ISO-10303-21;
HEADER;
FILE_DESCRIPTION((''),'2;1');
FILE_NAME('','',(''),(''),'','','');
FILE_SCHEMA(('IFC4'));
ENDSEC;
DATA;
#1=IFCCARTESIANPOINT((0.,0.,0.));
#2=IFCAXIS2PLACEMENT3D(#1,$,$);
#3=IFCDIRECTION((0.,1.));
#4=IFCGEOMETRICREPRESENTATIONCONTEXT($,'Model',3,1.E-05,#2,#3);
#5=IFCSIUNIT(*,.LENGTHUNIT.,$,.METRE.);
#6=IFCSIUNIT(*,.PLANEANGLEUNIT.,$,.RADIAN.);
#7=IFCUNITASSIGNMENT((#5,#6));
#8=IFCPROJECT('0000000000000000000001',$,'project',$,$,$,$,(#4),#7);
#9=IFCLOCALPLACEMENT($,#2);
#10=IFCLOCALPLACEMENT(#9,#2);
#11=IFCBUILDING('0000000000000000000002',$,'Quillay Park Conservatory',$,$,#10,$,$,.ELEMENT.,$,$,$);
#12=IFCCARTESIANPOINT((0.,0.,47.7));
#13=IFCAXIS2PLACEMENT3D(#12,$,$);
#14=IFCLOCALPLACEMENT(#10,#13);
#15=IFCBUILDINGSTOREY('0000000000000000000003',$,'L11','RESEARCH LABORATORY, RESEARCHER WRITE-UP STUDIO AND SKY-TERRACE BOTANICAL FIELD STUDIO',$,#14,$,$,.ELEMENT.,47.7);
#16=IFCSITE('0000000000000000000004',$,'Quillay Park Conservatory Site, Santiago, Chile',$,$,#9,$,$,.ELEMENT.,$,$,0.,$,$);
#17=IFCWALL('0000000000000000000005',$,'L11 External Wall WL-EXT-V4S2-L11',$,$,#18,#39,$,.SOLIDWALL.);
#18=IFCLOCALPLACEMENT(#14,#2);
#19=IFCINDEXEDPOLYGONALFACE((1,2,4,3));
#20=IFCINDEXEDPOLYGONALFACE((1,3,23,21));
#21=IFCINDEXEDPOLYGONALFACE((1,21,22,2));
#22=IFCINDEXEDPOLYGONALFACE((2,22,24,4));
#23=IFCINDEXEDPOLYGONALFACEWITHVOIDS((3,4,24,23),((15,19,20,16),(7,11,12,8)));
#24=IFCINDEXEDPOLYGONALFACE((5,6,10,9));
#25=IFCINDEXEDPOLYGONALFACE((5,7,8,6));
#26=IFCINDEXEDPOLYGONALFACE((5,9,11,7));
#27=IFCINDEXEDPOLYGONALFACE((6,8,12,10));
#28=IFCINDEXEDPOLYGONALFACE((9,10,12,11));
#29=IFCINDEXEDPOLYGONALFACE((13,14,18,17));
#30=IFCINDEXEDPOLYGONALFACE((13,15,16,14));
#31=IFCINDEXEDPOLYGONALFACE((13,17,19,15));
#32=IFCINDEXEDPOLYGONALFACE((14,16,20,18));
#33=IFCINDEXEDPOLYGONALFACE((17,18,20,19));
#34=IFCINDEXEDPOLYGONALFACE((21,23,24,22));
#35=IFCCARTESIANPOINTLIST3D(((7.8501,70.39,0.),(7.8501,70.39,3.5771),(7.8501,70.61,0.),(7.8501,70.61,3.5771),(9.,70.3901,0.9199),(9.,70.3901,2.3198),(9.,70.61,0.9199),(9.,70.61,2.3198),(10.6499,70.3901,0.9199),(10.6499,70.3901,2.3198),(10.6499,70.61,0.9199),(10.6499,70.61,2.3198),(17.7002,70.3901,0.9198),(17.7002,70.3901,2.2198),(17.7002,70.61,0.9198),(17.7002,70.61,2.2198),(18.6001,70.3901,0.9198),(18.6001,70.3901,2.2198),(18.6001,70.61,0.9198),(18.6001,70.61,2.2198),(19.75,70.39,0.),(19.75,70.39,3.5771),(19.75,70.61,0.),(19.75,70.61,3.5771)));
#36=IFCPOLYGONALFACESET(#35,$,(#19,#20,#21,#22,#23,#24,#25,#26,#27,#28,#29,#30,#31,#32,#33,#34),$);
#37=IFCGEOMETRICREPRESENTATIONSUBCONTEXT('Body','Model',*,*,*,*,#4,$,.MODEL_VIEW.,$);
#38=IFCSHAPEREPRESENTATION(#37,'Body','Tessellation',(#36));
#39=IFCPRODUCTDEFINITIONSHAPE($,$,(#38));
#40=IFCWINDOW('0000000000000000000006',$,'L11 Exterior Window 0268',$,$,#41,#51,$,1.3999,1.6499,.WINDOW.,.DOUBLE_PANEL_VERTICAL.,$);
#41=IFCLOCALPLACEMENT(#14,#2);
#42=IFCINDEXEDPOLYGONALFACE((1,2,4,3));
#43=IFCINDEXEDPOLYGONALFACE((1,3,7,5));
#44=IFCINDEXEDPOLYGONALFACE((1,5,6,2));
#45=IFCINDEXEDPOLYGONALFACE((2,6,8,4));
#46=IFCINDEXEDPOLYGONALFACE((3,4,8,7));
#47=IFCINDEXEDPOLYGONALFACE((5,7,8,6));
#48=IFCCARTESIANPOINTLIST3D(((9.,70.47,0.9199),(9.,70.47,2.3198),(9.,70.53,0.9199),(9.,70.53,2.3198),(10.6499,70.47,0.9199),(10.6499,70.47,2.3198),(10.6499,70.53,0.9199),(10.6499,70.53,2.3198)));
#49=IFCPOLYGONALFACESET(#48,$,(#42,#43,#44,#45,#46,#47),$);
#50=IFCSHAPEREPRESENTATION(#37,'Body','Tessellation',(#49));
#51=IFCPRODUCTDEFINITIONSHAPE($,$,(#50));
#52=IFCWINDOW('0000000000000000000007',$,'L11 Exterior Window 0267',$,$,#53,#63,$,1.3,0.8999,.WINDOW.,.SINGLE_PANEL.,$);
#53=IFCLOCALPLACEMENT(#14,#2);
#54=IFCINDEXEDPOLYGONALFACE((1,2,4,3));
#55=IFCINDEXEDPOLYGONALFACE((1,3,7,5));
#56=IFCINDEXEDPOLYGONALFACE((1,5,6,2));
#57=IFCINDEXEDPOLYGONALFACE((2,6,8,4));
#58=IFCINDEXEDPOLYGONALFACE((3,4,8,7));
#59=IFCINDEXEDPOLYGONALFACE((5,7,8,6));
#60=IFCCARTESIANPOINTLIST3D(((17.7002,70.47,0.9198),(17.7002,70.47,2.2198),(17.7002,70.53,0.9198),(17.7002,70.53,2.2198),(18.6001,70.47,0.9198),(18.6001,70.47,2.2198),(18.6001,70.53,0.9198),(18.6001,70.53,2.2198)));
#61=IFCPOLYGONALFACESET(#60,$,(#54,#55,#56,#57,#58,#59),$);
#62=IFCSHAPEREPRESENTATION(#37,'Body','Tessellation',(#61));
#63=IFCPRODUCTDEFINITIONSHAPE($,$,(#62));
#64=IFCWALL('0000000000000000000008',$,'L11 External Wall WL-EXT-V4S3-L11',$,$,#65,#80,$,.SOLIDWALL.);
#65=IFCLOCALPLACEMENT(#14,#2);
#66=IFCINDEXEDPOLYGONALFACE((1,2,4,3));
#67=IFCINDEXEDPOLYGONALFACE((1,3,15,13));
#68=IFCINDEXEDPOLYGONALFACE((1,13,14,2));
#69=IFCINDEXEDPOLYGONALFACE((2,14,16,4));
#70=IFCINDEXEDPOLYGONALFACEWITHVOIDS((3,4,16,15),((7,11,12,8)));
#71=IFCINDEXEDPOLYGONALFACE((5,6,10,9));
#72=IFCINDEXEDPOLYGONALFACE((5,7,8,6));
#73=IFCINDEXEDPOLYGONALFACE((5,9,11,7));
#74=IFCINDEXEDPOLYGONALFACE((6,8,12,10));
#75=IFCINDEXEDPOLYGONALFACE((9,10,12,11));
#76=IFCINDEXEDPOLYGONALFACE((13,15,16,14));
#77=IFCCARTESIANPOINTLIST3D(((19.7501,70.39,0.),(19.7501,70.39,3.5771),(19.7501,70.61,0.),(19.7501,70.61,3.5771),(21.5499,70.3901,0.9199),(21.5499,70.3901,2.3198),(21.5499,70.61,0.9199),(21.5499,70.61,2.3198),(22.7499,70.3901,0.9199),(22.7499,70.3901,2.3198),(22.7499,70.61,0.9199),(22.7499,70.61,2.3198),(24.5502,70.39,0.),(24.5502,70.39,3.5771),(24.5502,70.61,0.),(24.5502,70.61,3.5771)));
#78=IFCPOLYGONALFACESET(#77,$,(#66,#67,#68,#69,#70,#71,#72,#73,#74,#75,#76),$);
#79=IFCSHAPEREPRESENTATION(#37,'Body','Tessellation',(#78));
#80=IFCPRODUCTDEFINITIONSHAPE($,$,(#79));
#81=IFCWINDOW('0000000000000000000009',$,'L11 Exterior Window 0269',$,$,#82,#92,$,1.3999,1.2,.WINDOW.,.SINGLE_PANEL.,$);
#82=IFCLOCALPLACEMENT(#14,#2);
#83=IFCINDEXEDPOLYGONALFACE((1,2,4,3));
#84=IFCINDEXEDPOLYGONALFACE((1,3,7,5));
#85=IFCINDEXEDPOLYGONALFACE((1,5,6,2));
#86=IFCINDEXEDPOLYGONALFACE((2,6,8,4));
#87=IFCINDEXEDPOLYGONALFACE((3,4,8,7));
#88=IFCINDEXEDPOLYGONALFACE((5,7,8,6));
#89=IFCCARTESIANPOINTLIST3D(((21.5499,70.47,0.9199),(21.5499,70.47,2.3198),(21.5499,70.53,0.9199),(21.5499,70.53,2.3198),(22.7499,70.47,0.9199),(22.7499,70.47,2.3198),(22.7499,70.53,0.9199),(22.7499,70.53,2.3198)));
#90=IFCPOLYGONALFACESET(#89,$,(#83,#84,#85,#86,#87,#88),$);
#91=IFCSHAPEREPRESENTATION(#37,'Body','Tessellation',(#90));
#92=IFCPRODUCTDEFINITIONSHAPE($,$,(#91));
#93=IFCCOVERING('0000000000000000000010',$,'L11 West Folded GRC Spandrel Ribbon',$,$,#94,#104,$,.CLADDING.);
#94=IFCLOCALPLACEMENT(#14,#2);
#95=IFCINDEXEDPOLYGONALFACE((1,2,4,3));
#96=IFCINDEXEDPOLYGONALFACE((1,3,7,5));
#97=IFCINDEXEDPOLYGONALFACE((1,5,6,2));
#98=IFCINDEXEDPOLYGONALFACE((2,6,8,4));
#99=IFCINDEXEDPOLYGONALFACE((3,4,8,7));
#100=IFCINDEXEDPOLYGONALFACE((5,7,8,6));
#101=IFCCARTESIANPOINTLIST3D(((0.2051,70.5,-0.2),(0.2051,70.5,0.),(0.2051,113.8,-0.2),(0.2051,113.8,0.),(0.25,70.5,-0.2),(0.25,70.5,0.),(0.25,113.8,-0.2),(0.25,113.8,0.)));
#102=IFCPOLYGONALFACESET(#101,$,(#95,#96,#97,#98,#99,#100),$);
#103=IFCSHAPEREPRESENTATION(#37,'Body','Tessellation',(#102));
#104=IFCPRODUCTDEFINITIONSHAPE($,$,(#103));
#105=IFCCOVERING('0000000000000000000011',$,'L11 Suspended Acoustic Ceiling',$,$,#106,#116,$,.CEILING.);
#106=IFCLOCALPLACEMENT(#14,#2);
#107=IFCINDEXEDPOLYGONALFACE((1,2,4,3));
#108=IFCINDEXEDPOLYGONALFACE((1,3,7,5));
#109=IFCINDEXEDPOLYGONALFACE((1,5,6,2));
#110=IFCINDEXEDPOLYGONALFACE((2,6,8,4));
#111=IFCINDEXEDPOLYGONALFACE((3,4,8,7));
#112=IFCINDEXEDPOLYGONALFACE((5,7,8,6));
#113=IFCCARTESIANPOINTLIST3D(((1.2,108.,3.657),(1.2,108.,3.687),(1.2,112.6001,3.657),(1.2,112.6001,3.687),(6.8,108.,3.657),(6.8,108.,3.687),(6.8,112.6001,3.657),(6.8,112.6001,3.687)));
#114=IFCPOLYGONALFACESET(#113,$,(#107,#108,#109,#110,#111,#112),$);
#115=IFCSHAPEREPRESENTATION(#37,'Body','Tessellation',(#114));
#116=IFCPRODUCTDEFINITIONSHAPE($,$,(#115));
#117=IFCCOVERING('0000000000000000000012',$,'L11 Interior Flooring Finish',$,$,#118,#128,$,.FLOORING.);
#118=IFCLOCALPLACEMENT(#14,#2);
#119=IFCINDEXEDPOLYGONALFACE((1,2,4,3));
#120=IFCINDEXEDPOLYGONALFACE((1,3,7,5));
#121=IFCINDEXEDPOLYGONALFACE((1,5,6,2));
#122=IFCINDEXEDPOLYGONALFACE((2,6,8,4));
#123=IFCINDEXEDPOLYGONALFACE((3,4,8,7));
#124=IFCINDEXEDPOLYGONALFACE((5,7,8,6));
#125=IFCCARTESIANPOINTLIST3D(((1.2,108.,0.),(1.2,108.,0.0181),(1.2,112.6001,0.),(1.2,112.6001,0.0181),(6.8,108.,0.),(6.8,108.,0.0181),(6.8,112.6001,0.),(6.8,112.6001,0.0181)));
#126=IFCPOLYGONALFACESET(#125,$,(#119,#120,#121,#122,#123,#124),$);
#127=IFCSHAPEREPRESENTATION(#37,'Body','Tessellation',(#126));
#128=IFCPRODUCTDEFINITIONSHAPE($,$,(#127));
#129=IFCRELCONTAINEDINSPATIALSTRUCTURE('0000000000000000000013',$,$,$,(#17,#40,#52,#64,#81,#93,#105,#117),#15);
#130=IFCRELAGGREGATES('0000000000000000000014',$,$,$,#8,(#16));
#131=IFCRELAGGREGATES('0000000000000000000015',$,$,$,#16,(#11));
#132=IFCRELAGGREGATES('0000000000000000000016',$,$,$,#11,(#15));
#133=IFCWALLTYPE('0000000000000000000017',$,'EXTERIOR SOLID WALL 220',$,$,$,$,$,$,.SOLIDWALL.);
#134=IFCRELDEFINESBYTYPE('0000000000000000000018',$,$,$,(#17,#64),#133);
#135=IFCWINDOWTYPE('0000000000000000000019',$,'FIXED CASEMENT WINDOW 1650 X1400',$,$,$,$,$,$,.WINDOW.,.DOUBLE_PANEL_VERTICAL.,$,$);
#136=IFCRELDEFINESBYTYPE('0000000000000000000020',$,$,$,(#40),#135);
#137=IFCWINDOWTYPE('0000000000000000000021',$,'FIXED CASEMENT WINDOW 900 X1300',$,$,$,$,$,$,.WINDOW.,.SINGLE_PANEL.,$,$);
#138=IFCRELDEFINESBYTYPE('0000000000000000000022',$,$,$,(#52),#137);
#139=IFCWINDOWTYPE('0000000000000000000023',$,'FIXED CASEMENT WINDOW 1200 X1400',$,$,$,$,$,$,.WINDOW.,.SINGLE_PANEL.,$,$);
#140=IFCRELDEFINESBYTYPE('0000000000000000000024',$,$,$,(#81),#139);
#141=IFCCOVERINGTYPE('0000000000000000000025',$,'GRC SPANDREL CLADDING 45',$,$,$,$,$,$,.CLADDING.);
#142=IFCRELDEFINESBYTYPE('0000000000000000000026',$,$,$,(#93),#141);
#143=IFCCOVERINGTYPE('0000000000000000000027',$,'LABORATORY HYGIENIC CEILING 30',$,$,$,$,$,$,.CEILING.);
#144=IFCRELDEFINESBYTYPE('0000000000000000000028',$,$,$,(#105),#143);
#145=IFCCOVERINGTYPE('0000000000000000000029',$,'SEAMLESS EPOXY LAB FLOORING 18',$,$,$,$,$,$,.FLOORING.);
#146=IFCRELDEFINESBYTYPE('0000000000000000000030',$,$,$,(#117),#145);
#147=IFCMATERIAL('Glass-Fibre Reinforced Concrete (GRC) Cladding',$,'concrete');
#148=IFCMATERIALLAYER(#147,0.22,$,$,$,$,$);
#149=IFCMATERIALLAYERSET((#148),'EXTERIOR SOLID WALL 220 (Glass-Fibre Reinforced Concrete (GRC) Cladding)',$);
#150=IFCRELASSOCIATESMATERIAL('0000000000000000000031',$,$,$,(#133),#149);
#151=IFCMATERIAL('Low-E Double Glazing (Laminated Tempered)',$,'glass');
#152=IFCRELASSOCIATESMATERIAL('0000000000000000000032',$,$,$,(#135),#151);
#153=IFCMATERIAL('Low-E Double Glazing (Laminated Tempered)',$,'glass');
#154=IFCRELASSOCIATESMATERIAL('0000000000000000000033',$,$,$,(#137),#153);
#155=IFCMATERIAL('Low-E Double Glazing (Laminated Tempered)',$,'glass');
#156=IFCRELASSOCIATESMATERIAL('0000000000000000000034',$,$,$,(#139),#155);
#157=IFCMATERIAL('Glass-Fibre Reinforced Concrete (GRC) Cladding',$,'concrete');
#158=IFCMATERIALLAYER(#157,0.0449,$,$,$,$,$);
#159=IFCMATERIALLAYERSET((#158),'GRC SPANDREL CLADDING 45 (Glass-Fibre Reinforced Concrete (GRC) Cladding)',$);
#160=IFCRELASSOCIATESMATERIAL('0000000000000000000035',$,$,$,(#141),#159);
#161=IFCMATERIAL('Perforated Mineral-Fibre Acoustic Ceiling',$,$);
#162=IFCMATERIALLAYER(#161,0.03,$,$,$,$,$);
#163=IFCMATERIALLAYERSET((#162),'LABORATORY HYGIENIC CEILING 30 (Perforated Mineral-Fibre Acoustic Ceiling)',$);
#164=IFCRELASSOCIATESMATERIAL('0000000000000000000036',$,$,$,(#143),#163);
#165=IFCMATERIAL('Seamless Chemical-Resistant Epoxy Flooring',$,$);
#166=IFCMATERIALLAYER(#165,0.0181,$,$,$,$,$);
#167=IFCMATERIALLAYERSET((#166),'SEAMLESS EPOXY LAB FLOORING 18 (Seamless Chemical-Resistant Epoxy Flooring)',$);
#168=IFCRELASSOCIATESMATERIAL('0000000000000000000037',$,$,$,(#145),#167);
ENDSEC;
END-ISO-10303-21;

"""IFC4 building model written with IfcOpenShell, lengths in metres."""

from ifc_helpers import new_model, si_unit, direction, frame, frame_2d, origin, place, context, subcontext, project, spatial, polyline, rectangle, outline, extrude, material, layer, layer_set, type_object, element, fill, save


model = new_model("IFC4")

# Units and contexts
model_context = context("Model", 3, precision=1e-05, world=origin(), true_north=direction((0.0, 1.0)))
body_context = subcontext(model_context, "Body", "Model", "MODEL_VIEW")
ifc_project = project(units=[si_unit("LENGTHUNIT", "METRE"), si_unit("PLANEANGLEUNIT", "RADIAN")], contexts=[model_context])

# Site, building, storey
site_placement = place(None, origin())
site = spatial("IfcSite", under=ifc_project, at=site_placement, Name="Quillay Park Conservatory Site, Santiago, Chile", CompositionType="ELEMENT", RefElevation=0.0)
building_placement = place(site_placement, origin())
building = spatial("IfcBuilding", under=site, at=building_placement, Name="Quillay Park Conservatory", CompositionType="ELEMENT")
storey_placement = place(building_placement, frame((0.0, 0.0, 47.7)))
storey = spatial("IfcBuildingStorey", under=building, at=storey_placement, Name="L11", Description="RESEARCH LABORATORY, RESEARCHER WRITE-UP STUDIO AND SKY-TERRACE BOTANICAL FIELD STUDIO", CompositionType="ELEMENT", Elevation=47.7)

# Wall, openings, windows
ifc_material_1 = material(Name="Glass-Fibre Reinforced Concrete (GRC) Cladding", Category="concrete")
ifc_layer_1 = layer(ifc_material_1, 0.22)
ifc_layer_set_1 = layer_set([ifc_layer_1], Name="EXTERIOR SOLID WALL 220 (Glass-Fibre Reinforced Concrete (GRC) Cladding)")
wall_type_1 = type_object("IfcWallType", Name="EXTERIOR SOLID WALL 220", PredefinedType="SOLIDWALL", material=ifc_layer_set_1)
wall_1_placement = place(storey_placement, frame((19.75, 70.5, 0.0), z_axis=(0.0, 0.0, 1.0), x_axis=(-1.0, 0.0, 0.0)))
wall_1 = element("IfcWall", 1, at=wall_1_placement, inside=storey, type_object=wall_type_1, Name="L11 External Wall WL-EXT-V4S2-L11", PredefinedType="SOLIDWALL", context=body_context, shape_type="SweptSolid", body=[
    extrude(rectangle(XDim=11.8999, YDim=0.22, at=frame_2d((5.95, 0.0))), origin(), (0.0, 0.0, 1.0), 3.5771),
])
opening_1_placement = place(wall_1_placement, frame((1.1499, 0.0, 0.9199)))
opening_1 = element("IfcOpeningElement", 2, at=opening_1_placement, cuts=wall_1, PredefinedType="OPENING", context=body_context, shape_type="SweptSolid", body=[
    extrude(rectangle(XDim=0.8999, YDim=1.3, at=frame_2d((0.45, 0.6499))), frame((0.0, 0.1099, 0.0), z_axis=(0.0, -1.0, 0.0), x_axis=(1.0, 0.0, 0.0)), (0.0, 0.0, 1.0), 0.22),
])
opening_2_placement = place(wall_1_placement, frame((9.1001, 0.0, 0.9199)))
opening_2 = element("IfcOpeningElement", 3, at=opening_2_placement, cuts=wall_1, PredefinedType="OPENING", context=body_context, shape_type="SweptSolid", body=[
    extrude(rectangle(XDim=1.6499, YDim=1.3999, at=frame_2d((0.825, 0.7))), frame((0.0, 0.1099, 0.0), z_axis=(0.0, -1.0, 0.0), x_axis=(1.0, 0.0, 0.0)), (0.0, 0.0, 1.0), 0.22),
])
ifc_material_2 = material(Name="Low-E Double Glazing (Laminated Tempered)", Category="glass")
window_type_1 = type_object("IfcWindowType", Name="FIXED CASEMENT WINDOW 1650 X1400", PartitioningType="DOUBLE_PANEL_VERTICAL", PredefinedType="WINDOW", material=ifc_material_2)
window_1_placement = place(opening_2_placement, origin())
window_1 = element("IfcWindow", 4, at=window_1_placement, inside=storey, type_object=window_type_1, Name="L11 Exterior Window 0268", OverallHeight=1.3999, OverallWidth=1.6499, PartitioningType="DOUBLE_PANEL_VERTICAL", PredefinedType="WINDOW", context=body_context, shape_type="SweptSolid", body=[
    extrude(rectangle(XDim=1.6499, YDim=1.3999, at=frame_2d((0.825, 0.7))), frame((0.0, 0.03, 0.0), z_axis=(0.0, -1.0, 0.0), x_axis=(1.0, 0.0, 0.0)), (0.0, 0.0, 1.0), 0.0601),
])
fill(opening_2, window_1)
ifc_material_3 = material(Name="Low-E Double Glazing (Laminated Tempered)", Category="glass")
window_type_2 = type_object("IfcWindowType", Name="FIXED CASEMENT WINDOW 900 X1300", PartitioningType="SINGLE_PANEL", PredefinedType="WINDOW", material=ifc_material_3)
window_2_placement = place(opening_1_placement, origin())
window_2 = element("IfcWindow", 5, at=window_2_placement, inside=storey, type_object=window_type_2, Name="L11 Exterior Window 0267", OverallHeight=1.3, OverallWidth=0.8999, PartitioningType="SINGLE_PANEL", PredefinedType="WINDOW", context=body_context, shape_type="SweptSolid", body=[
    extrude(rectangle(XDim=0.8999, YDim=1.3, at=frame_2d((0.45, 0.6499))), frame((0.0, 0.03, 0.0), z_axis=(0.0, -1.0, 0.0), x_axis=(1.0, 0.0, 0.0)), (0.0, 0.0, 1.0), 0.0601),
])
fill(opening_1, window_2)

# Wall, opening, window
wall_2_placement = place(storey_placement, frame((24.55, 70.5, 0.0), z_axis=(0.0, 0.0, 1.0), x_axis=(-1.0, 0.0, 0.0)))
wall_2 = element("IfcWall", 6, at=wall_2_placement, inside=storey, type_object=wall_type_1, Name="L11 External Wall WL-EXT-V4S3-L11", PredefinedType="SOLIDWALL", context=body_context, shape_type="SweptSolid", body=[
    extrude(rectangle(XDim=4.8, YDim=0.22, at=frame_2d((2.3999, 0.0))), origin(), (0.0, 0.0, 1.0), 3.5771),
])
opening_3_placement = place(wall_2_placement, frame((1.8, 0.0, 0.9199)))
opening_3 = element("IfcOpeningElement", 7, at=opening_3_placement, cuts=wall_2, PredefinedType="OPENING", context=body_context, shape_type="SweptSolid", body=[
    extrude(rectangle(XDim=1.2, YDim=1.3999, at=frame_2d((0.6001, 0.7))), frame((0.0, 0.1099, 0.0), z_axis=(0.0, -1.0, 0.0), x_axis=(1.0, 0.0, 0.0)), (0.0, 0.0, 1.0), 0.22),
])
ifc_material_4 = material(Name="Low-E Double Glazing (Laminated Tempered)", Category="glass")
window_type_3 = type_object("IfcWindowType", Name="FIXED CASEMENT WINDOW 1200 X1400", PartitioningType="SINGLE_PANEL", PredefinedType="WINDOW", material=ifc_material_4)
window_3_placement = place(opening_3_placement, origin())
window_3 = element("IfcWindow", 8, at=window_3_placement, inside=storey, type_object=window_type_3, Name="L11 Exterior Window 0269", OverallHeight=1.3999, OverallWidth=1.2, PartitioningType="SINGLE_PANEL", PredefinedType="WINDOW", context=body_context, shape_type="SweptSolid", body=[
    extrude(rectangle(XDim=1.2, YDim=1.3999, at=frame_2d((0.6001, 0.7))), frame((0.0, 0.03, 0.0), z_axis=(0.0, -1.0, 0.0), x_axis=(1.0, 0.0, 0.0)), (0.0, 0.0, 1.0), 0.0601),
])
fill(opening_3, window_3)

# Coverings
ifc_material_5 = material(Name="Glass-Fibre Reinforced Concrete (GRC) Cladding", Category="concrete")
ifc_layer_2 = layer(ifc_material_5, 0.0449)
ifc_layer_set_2 = layer_set([ifc_layer_2], Name="GRC SPANDREL CLADDING 45 (Glass-Fibre Reinforced Concrete (GRC) Cladding)")
covering_type_1 = type_object("IfcCoveringType", Name="GRC SPANDREL CLADDING 45", PredefinedType="CLADDING", material=ifc_layer_set_2)
covering_1_placement = place(storey_placement, frame((0.0, 0.0, -0.2)))
element("IfcCovering", 9, at=covering_1_placement, inside=storey, type_object=covering_type_1, Name="L11 West Folded GRC Spandrel Ribbon", PredefinedType="CLADDING", context=body_context, shape_type="SweptSolid", body=[
    extrude(outline(polyline([(0.2051, 70.5), (0.25, 70.5), (0.25, 113.8), (0.2051, 113.8), (0.2051, 70.5)])), origin(), (0.0, 0.0, 1.0), 0.2),
])
ifc_material_6 = material(Name="Perforated Mineral-Fibre Acoustic Ceiling")
ifc_layer_3 = layer(ifc_material_6, 0.03)
ifc_layer_set_3 = layer_set([ifc_layer_3], Name="LABORATORY HYGIENIC CEILING 30 (Perforated Mineral-Fibre Acoustic Ceiling)")
covering_type_2 = type_object("IfcCoveringType", Name="LABORATORY HYGIENIC CEILING 30", PredefinedType="CEILING", material=ifc_layer_set_3)
covering_2_placement = place(storey_placement, frame((0.0, 0.0, 3.657)))
element("IfcCovering", 10, at=covering_2_placement, inside=storey, type_object=covering_type_2, Name="L11 Suspended Acoustic Ceiling", PredefinedType="CEILING", context=body_context, shape_type="SweptSolid", body=[
    extrude(outline(polyline([(1.2, 108.0), (6.8, 108.0), (6.8, 112.6001), (1.2, 112.6001), (1.2, 108.0)])), origin(), (0.0, 0.0, 1.0), 0.03),
])
ifc_material_7 = material(Name="Seamless Chemical-Resistant Epoxy Flooring")
ifc_layer_4 = layer(ifc_material_7, 0.0181)
ifc_layer_set_4 = layer_set([ifc_layer_4], Name="SEAMLESS EPOXY LAB FLOORING 18 (Seamless Chemical-Resistant Epoxy Flooring)")
covering_type_3 = type_object("IfcCoveringType", Name="SEAMLESS EPOXY LAB FLOORING 18", PredefinedType="FLOORING", material=ifc_layer_set_4)
covering_3_placement = place(storey_placement, origin())
element("IfcCovering", 11, at=covering_3_placement, inside=storey, type_object=covering_type_3, Name="L11 Interior Flooring Finish", PredefinedType="FLOORING", context=body_context, shape_type="SweptSolid", body=[
    extrude(outline(polyline([(1.2, 108.0), (6.8, 108.0), (6.8, 112.6001), (1.2, 112.6001), (1.2, 108.0)])), origin(), (0.0, 0.0, 1.0), 0.0181),
])

save(model, "model.ifc")
